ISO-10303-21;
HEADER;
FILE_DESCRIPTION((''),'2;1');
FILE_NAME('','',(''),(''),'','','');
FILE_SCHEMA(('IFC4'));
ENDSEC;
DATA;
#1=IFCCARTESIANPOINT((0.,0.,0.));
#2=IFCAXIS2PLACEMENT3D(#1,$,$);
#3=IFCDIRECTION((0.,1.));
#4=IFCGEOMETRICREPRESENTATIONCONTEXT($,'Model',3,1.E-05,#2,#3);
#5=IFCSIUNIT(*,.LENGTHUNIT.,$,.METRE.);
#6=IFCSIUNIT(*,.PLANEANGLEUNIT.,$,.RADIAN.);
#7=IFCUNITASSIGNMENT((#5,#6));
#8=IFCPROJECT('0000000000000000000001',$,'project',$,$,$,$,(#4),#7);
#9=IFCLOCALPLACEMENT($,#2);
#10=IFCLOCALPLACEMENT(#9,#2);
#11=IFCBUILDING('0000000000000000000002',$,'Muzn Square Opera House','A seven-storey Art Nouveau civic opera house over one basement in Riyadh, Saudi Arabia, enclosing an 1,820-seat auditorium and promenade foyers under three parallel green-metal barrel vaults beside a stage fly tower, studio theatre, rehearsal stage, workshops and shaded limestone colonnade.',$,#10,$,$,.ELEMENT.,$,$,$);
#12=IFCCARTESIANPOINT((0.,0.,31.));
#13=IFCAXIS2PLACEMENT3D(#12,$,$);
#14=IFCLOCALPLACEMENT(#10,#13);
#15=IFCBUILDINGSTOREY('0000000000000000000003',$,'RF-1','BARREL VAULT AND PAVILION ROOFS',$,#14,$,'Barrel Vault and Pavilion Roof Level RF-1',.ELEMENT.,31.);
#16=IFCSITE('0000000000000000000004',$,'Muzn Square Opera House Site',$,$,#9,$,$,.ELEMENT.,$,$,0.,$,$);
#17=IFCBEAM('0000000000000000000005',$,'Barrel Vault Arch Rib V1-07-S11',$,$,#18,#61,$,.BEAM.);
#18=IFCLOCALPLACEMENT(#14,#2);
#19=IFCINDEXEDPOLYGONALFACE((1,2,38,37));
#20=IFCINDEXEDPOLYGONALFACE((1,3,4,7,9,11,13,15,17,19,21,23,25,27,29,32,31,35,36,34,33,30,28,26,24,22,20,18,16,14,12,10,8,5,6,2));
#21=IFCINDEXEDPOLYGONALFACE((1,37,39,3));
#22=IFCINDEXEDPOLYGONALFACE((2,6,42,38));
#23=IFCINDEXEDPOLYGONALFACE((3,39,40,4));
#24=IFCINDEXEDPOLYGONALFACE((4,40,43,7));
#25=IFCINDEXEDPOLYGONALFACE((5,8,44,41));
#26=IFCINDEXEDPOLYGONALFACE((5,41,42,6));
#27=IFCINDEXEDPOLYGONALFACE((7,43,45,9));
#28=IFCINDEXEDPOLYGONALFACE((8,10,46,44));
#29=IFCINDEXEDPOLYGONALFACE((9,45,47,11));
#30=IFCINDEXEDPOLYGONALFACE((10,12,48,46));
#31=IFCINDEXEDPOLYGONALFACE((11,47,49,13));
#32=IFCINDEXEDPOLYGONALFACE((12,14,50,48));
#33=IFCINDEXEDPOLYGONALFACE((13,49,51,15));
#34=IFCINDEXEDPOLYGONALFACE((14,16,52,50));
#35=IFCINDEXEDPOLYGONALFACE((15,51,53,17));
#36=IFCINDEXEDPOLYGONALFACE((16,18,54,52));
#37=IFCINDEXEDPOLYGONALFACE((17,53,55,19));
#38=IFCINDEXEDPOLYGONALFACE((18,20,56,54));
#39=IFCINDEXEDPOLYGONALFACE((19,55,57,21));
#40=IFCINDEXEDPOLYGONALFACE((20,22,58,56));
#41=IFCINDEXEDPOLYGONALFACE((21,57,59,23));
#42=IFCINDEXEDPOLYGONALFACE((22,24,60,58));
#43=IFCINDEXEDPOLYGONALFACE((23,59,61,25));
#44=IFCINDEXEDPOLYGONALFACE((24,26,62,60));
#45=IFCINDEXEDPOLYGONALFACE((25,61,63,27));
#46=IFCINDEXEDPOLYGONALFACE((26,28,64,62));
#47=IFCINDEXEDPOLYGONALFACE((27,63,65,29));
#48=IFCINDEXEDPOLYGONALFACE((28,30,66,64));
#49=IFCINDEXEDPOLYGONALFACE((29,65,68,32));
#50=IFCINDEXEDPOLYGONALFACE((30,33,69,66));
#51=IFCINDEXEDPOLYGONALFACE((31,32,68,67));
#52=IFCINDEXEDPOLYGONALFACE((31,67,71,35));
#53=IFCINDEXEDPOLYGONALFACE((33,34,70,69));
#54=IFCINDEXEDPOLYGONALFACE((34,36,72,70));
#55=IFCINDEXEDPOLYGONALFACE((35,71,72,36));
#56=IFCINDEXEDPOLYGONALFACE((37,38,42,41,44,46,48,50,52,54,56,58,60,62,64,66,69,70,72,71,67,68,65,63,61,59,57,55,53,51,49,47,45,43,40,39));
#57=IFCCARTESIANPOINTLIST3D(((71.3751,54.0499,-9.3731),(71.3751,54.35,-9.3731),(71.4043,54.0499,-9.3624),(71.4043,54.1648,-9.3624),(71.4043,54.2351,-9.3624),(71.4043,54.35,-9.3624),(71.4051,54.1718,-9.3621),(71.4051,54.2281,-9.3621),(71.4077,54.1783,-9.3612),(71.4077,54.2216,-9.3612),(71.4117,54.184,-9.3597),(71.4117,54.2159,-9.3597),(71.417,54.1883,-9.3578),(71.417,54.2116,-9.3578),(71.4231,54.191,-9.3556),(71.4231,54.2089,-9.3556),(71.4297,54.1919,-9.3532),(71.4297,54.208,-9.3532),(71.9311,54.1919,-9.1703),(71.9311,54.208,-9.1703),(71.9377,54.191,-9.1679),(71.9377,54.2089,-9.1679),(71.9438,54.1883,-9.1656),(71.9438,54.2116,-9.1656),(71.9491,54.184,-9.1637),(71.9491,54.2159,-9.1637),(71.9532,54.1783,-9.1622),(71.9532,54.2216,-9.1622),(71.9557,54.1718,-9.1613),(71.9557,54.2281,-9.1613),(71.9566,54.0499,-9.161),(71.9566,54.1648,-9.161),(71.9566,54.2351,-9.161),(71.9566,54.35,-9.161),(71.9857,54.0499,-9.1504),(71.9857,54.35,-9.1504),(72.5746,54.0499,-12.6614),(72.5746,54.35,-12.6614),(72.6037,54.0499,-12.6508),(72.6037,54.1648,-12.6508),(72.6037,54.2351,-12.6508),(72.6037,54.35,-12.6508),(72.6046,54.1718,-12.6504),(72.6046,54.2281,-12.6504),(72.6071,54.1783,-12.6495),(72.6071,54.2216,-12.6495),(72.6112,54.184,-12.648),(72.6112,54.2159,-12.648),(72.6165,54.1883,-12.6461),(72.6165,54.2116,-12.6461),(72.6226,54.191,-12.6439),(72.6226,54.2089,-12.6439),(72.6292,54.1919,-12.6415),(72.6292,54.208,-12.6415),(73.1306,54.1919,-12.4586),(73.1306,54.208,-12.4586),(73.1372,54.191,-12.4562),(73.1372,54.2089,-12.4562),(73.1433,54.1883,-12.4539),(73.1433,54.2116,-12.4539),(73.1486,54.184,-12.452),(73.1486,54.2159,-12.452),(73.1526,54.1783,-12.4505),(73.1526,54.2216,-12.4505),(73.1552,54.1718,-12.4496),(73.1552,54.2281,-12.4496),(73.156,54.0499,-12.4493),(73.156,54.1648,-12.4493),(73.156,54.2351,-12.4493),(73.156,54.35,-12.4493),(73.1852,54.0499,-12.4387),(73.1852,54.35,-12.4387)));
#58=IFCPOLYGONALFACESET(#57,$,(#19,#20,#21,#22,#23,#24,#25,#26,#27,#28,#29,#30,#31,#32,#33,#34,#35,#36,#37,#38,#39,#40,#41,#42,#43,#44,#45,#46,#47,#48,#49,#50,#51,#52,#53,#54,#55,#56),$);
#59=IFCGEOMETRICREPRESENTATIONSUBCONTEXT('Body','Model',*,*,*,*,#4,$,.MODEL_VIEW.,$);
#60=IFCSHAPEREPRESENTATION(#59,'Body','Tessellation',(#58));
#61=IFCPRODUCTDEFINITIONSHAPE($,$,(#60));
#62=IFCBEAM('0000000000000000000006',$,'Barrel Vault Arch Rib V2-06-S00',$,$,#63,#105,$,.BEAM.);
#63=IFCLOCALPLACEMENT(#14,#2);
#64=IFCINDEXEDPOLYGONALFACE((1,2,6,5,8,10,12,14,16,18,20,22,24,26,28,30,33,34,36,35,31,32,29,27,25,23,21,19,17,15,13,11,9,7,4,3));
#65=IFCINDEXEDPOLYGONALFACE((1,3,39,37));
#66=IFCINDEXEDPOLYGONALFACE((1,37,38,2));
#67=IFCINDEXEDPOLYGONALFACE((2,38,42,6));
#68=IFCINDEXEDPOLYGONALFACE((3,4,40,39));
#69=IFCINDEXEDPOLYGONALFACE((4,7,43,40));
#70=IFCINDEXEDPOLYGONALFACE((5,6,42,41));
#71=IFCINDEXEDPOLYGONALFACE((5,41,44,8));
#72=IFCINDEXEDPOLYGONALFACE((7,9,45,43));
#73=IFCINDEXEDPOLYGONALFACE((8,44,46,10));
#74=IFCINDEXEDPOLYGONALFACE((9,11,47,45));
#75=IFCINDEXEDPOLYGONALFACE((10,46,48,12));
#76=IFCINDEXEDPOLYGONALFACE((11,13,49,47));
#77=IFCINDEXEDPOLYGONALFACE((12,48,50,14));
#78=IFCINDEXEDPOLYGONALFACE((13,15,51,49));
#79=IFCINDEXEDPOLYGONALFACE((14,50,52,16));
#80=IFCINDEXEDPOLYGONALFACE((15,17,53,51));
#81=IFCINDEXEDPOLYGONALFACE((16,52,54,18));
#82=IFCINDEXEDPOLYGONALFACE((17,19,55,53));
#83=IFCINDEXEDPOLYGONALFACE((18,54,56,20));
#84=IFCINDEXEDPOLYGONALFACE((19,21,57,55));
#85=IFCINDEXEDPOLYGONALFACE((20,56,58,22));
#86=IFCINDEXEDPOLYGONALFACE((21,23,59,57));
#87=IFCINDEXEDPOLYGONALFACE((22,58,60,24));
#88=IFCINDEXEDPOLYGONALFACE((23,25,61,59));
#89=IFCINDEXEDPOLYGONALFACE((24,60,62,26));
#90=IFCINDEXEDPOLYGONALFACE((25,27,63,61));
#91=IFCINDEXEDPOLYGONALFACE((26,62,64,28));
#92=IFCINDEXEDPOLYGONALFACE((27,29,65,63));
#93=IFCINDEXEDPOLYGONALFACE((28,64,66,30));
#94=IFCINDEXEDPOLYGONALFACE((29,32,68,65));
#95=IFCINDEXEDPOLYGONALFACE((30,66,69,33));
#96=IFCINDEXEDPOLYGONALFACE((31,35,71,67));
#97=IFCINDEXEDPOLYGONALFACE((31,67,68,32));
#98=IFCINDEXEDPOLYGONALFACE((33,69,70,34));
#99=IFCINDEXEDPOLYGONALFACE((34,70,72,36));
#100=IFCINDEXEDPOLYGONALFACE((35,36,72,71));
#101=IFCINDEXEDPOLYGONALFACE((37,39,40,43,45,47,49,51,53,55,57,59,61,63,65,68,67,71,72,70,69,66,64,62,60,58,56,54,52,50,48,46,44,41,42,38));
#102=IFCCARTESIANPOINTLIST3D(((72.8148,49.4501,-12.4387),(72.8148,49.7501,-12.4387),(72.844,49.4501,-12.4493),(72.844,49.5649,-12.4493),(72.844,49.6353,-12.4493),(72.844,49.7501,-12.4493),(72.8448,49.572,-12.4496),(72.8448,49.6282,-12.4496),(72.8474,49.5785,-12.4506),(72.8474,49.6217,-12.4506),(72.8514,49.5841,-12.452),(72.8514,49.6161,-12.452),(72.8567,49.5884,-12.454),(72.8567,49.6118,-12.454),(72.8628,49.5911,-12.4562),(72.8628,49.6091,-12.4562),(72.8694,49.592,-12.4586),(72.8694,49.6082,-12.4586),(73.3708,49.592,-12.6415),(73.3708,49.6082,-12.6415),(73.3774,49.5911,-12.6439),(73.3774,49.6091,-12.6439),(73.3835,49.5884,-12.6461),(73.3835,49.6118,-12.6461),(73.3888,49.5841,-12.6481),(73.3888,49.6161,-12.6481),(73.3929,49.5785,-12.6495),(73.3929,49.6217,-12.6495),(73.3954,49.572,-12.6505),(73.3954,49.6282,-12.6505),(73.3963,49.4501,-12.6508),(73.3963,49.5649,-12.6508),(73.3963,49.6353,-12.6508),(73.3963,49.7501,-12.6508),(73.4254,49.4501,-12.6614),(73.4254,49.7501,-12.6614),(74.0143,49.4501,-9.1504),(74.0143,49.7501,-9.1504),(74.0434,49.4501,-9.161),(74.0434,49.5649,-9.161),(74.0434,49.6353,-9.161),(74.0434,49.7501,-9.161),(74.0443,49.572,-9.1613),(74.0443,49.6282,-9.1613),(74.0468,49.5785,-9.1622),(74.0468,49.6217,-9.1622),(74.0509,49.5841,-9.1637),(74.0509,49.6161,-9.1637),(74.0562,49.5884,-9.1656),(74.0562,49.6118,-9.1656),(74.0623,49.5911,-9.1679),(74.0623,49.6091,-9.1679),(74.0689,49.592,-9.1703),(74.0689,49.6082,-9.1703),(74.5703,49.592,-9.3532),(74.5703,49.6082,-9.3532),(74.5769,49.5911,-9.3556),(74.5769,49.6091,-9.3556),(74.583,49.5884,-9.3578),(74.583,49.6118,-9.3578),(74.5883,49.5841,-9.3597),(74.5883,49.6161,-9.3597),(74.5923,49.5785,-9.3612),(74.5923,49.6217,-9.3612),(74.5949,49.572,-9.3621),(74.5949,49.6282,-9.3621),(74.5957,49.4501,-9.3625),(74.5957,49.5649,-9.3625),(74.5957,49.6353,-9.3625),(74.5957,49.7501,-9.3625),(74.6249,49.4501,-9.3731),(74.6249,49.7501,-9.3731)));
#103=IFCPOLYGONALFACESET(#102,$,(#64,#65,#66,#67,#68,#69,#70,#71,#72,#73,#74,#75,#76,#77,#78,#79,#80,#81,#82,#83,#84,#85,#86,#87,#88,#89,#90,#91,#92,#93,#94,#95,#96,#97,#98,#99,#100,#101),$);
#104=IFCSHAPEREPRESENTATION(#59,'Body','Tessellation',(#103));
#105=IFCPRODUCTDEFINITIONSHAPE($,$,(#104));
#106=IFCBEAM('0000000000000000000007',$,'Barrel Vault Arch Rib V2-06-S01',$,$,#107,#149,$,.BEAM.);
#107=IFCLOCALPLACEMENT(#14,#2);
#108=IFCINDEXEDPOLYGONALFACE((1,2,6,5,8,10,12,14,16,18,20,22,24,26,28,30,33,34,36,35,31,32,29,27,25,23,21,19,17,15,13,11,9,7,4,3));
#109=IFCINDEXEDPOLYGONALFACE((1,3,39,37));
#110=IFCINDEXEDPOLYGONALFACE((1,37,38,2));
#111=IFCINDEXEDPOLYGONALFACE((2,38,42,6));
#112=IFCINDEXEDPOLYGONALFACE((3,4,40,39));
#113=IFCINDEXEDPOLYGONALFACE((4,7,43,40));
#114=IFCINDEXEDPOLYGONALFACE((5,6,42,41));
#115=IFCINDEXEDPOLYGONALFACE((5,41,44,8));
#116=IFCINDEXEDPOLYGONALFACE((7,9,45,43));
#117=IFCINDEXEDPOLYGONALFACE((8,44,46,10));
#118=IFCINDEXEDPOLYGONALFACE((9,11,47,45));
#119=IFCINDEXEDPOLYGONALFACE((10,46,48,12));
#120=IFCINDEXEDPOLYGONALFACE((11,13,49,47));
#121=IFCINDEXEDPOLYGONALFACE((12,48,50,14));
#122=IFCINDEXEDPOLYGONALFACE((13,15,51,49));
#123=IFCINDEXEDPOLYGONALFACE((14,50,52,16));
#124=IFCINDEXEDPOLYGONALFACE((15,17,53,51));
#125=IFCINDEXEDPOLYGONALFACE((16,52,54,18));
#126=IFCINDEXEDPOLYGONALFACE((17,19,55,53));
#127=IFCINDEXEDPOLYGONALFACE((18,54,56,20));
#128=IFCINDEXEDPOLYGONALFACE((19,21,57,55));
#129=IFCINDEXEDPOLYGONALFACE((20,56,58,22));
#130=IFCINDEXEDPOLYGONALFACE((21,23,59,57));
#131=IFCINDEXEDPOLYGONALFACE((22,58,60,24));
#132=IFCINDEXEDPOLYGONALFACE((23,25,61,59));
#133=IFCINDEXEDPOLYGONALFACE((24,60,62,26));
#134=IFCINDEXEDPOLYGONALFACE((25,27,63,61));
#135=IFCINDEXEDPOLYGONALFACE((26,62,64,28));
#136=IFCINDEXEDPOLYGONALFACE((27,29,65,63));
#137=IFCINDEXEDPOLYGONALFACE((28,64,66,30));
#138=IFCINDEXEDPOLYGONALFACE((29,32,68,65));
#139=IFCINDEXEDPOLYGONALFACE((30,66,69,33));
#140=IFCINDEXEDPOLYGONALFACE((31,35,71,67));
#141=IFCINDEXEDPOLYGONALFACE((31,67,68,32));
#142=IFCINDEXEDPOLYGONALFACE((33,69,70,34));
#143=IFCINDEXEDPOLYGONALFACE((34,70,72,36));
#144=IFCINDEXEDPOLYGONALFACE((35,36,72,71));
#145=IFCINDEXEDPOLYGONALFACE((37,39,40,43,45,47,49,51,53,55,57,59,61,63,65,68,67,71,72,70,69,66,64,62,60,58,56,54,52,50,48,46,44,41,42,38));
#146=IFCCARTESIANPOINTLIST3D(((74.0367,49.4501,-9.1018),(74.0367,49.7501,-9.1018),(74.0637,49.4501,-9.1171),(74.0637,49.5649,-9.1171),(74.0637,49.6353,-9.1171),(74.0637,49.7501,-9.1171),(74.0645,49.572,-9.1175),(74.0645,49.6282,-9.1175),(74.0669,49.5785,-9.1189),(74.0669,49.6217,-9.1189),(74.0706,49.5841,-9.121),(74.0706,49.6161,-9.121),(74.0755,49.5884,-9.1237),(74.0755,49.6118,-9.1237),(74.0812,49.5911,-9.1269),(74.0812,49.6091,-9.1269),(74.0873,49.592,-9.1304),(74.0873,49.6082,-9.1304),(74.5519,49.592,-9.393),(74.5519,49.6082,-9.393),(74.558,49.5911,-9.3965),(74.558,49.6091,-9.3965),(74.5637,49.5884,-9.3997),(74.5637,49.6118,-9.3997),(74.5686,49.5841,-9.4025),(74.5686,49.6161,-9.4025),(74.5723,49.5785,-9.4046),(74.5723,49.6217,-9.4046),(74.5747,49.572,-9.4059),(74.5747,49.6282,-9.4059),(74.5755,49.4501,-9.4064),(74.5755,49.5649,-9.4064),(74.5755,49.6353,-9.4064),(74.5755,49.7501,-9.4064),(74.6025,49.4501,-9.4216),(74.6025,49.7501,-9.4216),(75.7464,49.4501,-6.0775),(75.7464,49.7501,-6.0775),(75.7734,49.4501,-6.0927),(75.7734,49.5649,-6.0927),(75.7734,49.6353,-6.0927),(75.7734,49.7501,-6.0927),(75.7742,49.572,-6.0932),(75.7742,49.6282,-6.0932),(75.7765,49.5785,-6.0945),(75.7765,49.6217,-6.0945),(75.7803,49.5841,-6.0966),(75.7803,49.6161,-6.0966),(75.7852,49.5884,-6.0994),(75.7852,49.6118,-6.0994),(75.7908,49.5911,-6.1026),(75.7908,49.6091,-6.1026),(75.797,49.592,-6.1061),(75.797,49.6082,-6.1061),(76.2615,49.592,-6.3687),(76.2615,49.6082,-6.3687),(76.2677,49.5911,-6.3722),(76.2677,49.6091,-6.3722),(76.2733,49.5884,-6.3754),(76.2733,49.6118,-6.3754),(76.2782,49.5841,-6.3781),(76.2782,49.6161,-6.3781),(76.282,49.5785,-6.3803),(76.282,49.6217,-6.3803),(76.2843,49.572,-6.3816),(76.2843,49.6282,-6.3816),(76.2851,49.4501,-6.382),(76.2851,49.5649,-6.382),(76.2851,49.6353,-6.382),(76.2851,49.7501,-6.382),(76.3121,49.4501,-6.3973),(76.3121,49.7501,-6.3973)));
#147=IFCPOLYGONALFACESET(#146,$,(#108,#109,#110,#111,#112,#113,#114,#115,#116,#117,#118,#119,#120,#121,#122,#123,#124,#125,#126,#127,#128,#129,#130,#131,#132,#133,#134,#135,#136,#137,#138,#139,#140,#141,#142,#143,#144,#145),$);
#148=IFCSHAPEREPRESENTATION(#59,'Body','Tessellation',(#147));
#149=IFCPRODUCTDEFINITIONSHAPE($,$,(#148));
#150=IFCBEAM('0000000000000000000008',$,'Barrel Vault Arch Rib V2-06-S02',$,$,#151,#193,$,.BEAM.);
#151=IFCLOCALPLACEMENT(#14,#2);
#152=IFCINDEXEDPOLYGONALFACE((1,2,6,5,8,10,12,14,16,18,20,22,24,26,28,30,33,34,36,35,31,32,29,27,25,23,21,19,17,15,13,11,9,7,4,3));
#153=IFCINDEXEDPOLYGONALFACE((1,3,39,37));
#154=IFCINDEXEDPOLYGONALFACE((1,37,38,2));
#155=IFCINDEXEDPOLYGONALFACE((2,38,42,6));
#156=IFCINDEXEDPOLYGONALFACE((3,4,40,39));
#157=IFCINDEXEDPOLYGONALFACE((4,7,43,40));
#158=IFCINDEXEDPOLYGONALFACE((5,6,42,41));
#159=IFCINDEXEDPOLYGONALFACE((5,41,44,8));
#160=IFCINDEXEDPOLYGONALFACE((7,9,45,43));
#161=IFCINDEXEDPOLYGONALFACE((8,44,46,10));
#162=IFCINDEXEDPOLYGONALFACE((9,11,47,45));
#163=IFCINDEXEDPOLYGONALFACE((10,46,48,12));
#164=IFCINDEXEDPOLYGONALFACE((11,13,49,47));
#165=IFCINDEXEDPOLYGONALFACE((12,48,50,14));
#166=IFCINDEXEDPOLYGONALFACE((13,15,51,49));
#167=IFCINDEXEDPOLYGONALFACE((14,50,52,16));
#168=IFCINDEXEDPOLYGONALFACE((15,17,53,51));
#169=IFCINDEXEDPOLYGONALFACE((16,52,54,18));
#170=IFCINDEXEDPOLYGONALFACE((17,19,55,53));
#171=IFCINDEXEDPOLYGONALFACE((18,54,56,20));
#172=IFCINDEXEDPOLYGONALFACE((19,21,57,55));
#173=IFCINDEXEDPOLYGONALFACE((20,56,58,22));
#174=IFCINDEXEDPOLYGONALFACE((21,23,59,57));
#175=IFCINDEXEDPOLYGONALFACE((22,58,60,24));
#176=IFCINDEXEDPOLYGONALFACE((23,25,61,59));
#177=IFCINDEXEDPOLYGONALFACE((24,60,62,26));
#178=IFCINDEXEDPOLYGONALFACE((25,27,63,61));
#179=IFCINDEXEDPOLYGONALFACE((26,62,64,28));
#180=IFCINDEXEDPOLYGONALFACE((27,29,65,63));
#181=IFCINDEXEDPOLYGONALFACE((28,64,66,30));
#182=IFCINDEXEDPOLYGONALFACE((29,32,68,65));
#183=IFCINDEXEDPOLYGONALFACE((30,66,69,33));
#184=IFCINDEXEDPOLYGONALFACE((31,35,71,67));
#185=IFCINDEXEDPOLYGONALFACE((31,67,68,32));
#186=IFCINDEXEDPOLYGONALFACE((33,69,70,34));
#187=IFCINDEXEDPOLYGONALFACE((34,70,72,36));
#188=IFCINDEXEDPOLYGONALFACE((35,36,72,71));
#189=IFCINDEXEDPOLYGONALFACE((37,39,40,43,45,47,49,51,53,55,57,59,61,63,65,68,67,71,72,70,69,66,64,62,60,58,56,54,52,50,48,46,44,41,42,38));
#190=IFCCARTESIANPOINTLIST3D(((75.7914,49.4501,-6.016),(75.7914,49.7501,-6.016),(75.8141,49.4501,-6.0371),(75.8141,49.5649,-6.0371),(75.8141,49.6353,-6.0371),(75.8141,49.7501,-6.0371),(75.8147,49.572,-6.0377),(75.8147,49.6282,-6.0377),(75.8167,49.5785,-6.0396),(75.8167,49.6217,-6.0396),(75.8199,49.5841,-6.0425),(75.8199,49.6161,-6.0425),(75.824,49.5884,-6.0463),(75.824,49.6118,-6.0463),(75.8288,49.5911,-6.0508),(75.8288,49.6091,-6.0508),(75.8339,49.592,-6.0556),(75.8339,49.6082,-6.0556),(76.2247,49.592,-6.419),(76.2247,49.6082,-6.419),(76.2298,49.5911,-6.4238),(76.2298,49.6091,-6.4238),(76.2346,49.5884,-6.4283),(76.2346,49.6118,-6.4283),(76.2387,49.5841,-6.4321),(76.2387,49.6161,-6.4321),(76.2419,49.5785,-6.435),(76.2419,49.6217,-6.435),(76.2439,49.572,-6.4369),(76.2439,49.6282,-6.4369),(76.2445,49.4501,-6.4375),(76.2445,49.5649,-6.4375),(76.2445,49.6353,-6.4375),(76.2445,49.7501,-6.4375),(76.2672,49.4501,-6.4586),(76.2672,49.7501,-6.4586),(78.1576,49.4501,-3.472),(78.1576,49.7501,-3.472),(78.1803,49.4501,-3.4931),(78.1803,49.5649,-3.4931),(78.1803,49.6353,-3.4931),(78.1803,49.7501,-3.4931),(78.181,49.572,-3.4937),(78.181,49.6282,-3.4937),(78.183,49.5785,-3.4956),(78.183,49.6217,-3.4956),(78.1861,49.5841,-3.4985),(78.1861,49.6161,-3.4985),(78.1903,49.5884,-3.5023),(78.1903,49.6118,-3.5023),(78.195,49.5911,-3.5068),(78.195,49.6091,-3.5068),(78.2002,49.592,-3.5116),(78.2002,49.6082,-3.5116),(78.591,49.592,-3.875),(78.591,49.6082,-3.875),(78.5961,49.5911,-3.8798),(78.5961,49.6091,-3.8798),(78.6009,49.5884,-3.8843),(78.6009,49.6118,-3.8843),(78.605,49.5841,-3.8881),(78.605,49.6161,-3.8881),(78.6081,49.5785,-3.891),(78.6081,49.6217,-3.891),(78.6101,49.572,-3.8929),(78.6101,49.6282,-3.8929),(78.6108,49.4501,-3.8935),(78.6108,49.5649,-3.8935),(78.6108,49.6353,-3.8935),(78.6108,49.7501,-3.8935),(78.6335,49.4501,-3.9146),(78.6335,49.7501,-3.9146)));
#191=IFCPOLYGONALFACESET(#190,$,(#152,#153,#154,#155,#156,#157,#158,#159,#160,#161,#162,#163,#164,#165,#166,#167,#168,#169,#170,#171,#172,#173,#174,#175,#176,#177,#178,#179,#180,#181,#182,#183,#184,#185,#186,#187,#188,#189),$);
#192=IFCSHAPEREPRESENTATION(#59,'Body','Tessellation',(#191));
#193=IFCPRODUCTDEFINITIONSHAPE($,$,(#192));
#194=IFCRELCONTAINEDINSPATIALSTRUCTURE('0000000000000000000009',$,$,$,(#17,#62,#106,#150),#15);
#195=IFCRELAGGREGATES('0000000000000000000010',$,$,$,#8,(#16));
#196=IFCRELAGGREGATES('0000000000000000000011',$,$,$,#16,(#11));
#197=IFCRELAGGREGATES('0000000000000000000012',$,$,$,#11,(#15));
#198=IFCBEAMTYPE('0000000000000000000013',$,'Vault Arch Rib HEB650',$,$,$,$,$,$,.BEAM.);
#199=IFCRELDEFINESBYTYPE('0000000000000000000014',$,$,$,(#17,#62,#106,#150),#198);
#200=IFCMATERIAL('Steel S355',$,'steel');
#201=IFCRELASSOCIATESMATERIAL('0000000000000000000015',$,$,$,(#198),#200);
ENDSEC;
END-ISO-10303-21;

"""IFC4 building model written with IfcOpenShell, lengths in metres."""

from ifc_helpers import new_model, si_unit, direction, frame, origin, origin_2d, place, context, subcontext, project, spatial, i_section, extrude, material, material_profile, profile_set, type_object, element, save


model = new_model("IFC4")

# Units and contexts
model_context = context("Model", 3, precision=1e-05, world=origin(), true_north=direction((0.0, 1.0)))
body_context = subcontext(model_context, "Body", "Model", "MODEL_VIEW")
ifc_project = project(units=[si_unit("LENGTHUNIT", "METRE"), si_unit("PLANEANGLEUNIT", "RADIAN")], contexts=[model_context])

# Site, building, storey
site_placement = place(None, origin())
site = spatial("IfcSite", under=ifc_project, at=site_placement, Name="Muzn Square Opera House Site", CompositionType="ELEMENT", RefElevation=0.0)
building_placement = place(site_placement, origin())
building = spatial("IfcBuilding", under=site, at=building_placement, Name="Muzn Square Opera House", Description="A seven-storey Art Nouveau civic opera house over one basement in Riyadh, Saudi Arabia, enclosing an 1,820-seat auditorium and promenade foyers under three parallel green-metal barrel vaults beside a stage fly tower, studio theatre, rehearsal stage, workshops and shaded limestone colonnade.", CompositionType="ELEMENT")
storey_placement = place(building_placement, frame((0.0, 0.0, 31.0)))
storey = spatial("IfcBuildingStorey", under=building, at=storey_placement, Name="RF-1", Description="BARREL VAULT AND PAVILION ROOFS", LongName="Barrel Vault and Pavilion Roof Level RF-1", CompositionType="ELEMENT", Elevation=31.0)

# Beams
ifc_material_1 = material(Name="Steel S355", Category="steel")
ifc_material_profile_1 = material_profile(ifc_material_1, i_section(OverallWidth=0.3, OverallDepth=0.6499, WebThickness=0.0161, FlangeThickness=0.031, FilletRadius=0.0271, at=origin_2d()), Name="HEB 650", Category="steel")
ifc_profile_set_1 = profile_set([ifc_material_profile_1], Name="Steel S355")
beam_type_1 = type_object("IfcBeamType", Name="Vault Arch Rib HEB650", PredefinedType="BEAM", material=ifc_profile_set_1)
for number, where, z_axis, x_axis, name in (
    (1, (71.6804, 54.2, -9.2617), (0.342678, 0.0, -0.939453), (0.0, 1.0, 0.0), "Barrel Vault Arch Rib V1-07-S11"),
    (2, (73.1201, 49.6001, -12.55), (0.342678, 0.0, 0.939453), (0.0, 1.0, 0.0), "Barrel Vault Arch Rib V2-06-S00"),
):
    element("IfcBeam", number, at=place(storey_placement, frame(where, z_axis=z_axis, x_axis=x_axis)), inside=storey, type_object=beam_type_1, Name=name, PredefinedType="BEAM", context=body_context, shape_type="SweptSolid", body=[
        extrude(i_section(OverallWidth=0.3, OverallDepth=0.6499, WebThickness=0.0161, FlangeThickness=0.031, FilletRadius=0.0271, at=origin_2d()), origin(), (0.0, 0.0, 1.0), 3.5002),
    ])
beam_1_placement = place(storey_placement, frame((74.3196, 49.6001, -9.2617), z_axis=(0.492115, 0.0, 0.87053), x_axis=(0.0, 1.0, 0.0)))
element("IfcBeam", 3, at=beam_1_placement, inside=storey, type_object=beam_type_1, Name="Barrel Vault Arch Rib V2-06-S01", PredefinedType="BEAM", context=body_context, shape_type="SweptSolid", body=[
    extrude(i_section(OverallWidth=0.3, OverallDepth=0.6499, WebThickness=0.0161, FlangeThickness=0.031, FilletRadius=0.0271, at=origin_2d()), origin(), (0.0, 0.0, 1.0), 3.4741),
])
for number, where, z_axis, x_axis, name in (
    (4, (76.0293, 49.6001, -6.2373), (0.681065, 0.0, 0.732223), (0.0, 1.0, 0.0), "Barrel Vault Arch Rib V2-06-S02"),
):
    element("IfcBeam", number, at=place(storey_placement, frame(where, z_axis=z_axis, x_axis=x_axis)), inside=storey, type_object=beam_type_1, Name=name, PredefinedType="BEAM", context=body_context, shape_type="SweptSolid", body=[
        extrude(i_section(OverallWidth=0.3, OverallDepth=0.6499, WebThickness=0.0161, FlangeThickness=0.031, FilletRadius=0.0271, at=origin_2d()), origin(), (0.0, 0.0, 1.0), 3.4744),
    ])

save(model, "model.ifc")
